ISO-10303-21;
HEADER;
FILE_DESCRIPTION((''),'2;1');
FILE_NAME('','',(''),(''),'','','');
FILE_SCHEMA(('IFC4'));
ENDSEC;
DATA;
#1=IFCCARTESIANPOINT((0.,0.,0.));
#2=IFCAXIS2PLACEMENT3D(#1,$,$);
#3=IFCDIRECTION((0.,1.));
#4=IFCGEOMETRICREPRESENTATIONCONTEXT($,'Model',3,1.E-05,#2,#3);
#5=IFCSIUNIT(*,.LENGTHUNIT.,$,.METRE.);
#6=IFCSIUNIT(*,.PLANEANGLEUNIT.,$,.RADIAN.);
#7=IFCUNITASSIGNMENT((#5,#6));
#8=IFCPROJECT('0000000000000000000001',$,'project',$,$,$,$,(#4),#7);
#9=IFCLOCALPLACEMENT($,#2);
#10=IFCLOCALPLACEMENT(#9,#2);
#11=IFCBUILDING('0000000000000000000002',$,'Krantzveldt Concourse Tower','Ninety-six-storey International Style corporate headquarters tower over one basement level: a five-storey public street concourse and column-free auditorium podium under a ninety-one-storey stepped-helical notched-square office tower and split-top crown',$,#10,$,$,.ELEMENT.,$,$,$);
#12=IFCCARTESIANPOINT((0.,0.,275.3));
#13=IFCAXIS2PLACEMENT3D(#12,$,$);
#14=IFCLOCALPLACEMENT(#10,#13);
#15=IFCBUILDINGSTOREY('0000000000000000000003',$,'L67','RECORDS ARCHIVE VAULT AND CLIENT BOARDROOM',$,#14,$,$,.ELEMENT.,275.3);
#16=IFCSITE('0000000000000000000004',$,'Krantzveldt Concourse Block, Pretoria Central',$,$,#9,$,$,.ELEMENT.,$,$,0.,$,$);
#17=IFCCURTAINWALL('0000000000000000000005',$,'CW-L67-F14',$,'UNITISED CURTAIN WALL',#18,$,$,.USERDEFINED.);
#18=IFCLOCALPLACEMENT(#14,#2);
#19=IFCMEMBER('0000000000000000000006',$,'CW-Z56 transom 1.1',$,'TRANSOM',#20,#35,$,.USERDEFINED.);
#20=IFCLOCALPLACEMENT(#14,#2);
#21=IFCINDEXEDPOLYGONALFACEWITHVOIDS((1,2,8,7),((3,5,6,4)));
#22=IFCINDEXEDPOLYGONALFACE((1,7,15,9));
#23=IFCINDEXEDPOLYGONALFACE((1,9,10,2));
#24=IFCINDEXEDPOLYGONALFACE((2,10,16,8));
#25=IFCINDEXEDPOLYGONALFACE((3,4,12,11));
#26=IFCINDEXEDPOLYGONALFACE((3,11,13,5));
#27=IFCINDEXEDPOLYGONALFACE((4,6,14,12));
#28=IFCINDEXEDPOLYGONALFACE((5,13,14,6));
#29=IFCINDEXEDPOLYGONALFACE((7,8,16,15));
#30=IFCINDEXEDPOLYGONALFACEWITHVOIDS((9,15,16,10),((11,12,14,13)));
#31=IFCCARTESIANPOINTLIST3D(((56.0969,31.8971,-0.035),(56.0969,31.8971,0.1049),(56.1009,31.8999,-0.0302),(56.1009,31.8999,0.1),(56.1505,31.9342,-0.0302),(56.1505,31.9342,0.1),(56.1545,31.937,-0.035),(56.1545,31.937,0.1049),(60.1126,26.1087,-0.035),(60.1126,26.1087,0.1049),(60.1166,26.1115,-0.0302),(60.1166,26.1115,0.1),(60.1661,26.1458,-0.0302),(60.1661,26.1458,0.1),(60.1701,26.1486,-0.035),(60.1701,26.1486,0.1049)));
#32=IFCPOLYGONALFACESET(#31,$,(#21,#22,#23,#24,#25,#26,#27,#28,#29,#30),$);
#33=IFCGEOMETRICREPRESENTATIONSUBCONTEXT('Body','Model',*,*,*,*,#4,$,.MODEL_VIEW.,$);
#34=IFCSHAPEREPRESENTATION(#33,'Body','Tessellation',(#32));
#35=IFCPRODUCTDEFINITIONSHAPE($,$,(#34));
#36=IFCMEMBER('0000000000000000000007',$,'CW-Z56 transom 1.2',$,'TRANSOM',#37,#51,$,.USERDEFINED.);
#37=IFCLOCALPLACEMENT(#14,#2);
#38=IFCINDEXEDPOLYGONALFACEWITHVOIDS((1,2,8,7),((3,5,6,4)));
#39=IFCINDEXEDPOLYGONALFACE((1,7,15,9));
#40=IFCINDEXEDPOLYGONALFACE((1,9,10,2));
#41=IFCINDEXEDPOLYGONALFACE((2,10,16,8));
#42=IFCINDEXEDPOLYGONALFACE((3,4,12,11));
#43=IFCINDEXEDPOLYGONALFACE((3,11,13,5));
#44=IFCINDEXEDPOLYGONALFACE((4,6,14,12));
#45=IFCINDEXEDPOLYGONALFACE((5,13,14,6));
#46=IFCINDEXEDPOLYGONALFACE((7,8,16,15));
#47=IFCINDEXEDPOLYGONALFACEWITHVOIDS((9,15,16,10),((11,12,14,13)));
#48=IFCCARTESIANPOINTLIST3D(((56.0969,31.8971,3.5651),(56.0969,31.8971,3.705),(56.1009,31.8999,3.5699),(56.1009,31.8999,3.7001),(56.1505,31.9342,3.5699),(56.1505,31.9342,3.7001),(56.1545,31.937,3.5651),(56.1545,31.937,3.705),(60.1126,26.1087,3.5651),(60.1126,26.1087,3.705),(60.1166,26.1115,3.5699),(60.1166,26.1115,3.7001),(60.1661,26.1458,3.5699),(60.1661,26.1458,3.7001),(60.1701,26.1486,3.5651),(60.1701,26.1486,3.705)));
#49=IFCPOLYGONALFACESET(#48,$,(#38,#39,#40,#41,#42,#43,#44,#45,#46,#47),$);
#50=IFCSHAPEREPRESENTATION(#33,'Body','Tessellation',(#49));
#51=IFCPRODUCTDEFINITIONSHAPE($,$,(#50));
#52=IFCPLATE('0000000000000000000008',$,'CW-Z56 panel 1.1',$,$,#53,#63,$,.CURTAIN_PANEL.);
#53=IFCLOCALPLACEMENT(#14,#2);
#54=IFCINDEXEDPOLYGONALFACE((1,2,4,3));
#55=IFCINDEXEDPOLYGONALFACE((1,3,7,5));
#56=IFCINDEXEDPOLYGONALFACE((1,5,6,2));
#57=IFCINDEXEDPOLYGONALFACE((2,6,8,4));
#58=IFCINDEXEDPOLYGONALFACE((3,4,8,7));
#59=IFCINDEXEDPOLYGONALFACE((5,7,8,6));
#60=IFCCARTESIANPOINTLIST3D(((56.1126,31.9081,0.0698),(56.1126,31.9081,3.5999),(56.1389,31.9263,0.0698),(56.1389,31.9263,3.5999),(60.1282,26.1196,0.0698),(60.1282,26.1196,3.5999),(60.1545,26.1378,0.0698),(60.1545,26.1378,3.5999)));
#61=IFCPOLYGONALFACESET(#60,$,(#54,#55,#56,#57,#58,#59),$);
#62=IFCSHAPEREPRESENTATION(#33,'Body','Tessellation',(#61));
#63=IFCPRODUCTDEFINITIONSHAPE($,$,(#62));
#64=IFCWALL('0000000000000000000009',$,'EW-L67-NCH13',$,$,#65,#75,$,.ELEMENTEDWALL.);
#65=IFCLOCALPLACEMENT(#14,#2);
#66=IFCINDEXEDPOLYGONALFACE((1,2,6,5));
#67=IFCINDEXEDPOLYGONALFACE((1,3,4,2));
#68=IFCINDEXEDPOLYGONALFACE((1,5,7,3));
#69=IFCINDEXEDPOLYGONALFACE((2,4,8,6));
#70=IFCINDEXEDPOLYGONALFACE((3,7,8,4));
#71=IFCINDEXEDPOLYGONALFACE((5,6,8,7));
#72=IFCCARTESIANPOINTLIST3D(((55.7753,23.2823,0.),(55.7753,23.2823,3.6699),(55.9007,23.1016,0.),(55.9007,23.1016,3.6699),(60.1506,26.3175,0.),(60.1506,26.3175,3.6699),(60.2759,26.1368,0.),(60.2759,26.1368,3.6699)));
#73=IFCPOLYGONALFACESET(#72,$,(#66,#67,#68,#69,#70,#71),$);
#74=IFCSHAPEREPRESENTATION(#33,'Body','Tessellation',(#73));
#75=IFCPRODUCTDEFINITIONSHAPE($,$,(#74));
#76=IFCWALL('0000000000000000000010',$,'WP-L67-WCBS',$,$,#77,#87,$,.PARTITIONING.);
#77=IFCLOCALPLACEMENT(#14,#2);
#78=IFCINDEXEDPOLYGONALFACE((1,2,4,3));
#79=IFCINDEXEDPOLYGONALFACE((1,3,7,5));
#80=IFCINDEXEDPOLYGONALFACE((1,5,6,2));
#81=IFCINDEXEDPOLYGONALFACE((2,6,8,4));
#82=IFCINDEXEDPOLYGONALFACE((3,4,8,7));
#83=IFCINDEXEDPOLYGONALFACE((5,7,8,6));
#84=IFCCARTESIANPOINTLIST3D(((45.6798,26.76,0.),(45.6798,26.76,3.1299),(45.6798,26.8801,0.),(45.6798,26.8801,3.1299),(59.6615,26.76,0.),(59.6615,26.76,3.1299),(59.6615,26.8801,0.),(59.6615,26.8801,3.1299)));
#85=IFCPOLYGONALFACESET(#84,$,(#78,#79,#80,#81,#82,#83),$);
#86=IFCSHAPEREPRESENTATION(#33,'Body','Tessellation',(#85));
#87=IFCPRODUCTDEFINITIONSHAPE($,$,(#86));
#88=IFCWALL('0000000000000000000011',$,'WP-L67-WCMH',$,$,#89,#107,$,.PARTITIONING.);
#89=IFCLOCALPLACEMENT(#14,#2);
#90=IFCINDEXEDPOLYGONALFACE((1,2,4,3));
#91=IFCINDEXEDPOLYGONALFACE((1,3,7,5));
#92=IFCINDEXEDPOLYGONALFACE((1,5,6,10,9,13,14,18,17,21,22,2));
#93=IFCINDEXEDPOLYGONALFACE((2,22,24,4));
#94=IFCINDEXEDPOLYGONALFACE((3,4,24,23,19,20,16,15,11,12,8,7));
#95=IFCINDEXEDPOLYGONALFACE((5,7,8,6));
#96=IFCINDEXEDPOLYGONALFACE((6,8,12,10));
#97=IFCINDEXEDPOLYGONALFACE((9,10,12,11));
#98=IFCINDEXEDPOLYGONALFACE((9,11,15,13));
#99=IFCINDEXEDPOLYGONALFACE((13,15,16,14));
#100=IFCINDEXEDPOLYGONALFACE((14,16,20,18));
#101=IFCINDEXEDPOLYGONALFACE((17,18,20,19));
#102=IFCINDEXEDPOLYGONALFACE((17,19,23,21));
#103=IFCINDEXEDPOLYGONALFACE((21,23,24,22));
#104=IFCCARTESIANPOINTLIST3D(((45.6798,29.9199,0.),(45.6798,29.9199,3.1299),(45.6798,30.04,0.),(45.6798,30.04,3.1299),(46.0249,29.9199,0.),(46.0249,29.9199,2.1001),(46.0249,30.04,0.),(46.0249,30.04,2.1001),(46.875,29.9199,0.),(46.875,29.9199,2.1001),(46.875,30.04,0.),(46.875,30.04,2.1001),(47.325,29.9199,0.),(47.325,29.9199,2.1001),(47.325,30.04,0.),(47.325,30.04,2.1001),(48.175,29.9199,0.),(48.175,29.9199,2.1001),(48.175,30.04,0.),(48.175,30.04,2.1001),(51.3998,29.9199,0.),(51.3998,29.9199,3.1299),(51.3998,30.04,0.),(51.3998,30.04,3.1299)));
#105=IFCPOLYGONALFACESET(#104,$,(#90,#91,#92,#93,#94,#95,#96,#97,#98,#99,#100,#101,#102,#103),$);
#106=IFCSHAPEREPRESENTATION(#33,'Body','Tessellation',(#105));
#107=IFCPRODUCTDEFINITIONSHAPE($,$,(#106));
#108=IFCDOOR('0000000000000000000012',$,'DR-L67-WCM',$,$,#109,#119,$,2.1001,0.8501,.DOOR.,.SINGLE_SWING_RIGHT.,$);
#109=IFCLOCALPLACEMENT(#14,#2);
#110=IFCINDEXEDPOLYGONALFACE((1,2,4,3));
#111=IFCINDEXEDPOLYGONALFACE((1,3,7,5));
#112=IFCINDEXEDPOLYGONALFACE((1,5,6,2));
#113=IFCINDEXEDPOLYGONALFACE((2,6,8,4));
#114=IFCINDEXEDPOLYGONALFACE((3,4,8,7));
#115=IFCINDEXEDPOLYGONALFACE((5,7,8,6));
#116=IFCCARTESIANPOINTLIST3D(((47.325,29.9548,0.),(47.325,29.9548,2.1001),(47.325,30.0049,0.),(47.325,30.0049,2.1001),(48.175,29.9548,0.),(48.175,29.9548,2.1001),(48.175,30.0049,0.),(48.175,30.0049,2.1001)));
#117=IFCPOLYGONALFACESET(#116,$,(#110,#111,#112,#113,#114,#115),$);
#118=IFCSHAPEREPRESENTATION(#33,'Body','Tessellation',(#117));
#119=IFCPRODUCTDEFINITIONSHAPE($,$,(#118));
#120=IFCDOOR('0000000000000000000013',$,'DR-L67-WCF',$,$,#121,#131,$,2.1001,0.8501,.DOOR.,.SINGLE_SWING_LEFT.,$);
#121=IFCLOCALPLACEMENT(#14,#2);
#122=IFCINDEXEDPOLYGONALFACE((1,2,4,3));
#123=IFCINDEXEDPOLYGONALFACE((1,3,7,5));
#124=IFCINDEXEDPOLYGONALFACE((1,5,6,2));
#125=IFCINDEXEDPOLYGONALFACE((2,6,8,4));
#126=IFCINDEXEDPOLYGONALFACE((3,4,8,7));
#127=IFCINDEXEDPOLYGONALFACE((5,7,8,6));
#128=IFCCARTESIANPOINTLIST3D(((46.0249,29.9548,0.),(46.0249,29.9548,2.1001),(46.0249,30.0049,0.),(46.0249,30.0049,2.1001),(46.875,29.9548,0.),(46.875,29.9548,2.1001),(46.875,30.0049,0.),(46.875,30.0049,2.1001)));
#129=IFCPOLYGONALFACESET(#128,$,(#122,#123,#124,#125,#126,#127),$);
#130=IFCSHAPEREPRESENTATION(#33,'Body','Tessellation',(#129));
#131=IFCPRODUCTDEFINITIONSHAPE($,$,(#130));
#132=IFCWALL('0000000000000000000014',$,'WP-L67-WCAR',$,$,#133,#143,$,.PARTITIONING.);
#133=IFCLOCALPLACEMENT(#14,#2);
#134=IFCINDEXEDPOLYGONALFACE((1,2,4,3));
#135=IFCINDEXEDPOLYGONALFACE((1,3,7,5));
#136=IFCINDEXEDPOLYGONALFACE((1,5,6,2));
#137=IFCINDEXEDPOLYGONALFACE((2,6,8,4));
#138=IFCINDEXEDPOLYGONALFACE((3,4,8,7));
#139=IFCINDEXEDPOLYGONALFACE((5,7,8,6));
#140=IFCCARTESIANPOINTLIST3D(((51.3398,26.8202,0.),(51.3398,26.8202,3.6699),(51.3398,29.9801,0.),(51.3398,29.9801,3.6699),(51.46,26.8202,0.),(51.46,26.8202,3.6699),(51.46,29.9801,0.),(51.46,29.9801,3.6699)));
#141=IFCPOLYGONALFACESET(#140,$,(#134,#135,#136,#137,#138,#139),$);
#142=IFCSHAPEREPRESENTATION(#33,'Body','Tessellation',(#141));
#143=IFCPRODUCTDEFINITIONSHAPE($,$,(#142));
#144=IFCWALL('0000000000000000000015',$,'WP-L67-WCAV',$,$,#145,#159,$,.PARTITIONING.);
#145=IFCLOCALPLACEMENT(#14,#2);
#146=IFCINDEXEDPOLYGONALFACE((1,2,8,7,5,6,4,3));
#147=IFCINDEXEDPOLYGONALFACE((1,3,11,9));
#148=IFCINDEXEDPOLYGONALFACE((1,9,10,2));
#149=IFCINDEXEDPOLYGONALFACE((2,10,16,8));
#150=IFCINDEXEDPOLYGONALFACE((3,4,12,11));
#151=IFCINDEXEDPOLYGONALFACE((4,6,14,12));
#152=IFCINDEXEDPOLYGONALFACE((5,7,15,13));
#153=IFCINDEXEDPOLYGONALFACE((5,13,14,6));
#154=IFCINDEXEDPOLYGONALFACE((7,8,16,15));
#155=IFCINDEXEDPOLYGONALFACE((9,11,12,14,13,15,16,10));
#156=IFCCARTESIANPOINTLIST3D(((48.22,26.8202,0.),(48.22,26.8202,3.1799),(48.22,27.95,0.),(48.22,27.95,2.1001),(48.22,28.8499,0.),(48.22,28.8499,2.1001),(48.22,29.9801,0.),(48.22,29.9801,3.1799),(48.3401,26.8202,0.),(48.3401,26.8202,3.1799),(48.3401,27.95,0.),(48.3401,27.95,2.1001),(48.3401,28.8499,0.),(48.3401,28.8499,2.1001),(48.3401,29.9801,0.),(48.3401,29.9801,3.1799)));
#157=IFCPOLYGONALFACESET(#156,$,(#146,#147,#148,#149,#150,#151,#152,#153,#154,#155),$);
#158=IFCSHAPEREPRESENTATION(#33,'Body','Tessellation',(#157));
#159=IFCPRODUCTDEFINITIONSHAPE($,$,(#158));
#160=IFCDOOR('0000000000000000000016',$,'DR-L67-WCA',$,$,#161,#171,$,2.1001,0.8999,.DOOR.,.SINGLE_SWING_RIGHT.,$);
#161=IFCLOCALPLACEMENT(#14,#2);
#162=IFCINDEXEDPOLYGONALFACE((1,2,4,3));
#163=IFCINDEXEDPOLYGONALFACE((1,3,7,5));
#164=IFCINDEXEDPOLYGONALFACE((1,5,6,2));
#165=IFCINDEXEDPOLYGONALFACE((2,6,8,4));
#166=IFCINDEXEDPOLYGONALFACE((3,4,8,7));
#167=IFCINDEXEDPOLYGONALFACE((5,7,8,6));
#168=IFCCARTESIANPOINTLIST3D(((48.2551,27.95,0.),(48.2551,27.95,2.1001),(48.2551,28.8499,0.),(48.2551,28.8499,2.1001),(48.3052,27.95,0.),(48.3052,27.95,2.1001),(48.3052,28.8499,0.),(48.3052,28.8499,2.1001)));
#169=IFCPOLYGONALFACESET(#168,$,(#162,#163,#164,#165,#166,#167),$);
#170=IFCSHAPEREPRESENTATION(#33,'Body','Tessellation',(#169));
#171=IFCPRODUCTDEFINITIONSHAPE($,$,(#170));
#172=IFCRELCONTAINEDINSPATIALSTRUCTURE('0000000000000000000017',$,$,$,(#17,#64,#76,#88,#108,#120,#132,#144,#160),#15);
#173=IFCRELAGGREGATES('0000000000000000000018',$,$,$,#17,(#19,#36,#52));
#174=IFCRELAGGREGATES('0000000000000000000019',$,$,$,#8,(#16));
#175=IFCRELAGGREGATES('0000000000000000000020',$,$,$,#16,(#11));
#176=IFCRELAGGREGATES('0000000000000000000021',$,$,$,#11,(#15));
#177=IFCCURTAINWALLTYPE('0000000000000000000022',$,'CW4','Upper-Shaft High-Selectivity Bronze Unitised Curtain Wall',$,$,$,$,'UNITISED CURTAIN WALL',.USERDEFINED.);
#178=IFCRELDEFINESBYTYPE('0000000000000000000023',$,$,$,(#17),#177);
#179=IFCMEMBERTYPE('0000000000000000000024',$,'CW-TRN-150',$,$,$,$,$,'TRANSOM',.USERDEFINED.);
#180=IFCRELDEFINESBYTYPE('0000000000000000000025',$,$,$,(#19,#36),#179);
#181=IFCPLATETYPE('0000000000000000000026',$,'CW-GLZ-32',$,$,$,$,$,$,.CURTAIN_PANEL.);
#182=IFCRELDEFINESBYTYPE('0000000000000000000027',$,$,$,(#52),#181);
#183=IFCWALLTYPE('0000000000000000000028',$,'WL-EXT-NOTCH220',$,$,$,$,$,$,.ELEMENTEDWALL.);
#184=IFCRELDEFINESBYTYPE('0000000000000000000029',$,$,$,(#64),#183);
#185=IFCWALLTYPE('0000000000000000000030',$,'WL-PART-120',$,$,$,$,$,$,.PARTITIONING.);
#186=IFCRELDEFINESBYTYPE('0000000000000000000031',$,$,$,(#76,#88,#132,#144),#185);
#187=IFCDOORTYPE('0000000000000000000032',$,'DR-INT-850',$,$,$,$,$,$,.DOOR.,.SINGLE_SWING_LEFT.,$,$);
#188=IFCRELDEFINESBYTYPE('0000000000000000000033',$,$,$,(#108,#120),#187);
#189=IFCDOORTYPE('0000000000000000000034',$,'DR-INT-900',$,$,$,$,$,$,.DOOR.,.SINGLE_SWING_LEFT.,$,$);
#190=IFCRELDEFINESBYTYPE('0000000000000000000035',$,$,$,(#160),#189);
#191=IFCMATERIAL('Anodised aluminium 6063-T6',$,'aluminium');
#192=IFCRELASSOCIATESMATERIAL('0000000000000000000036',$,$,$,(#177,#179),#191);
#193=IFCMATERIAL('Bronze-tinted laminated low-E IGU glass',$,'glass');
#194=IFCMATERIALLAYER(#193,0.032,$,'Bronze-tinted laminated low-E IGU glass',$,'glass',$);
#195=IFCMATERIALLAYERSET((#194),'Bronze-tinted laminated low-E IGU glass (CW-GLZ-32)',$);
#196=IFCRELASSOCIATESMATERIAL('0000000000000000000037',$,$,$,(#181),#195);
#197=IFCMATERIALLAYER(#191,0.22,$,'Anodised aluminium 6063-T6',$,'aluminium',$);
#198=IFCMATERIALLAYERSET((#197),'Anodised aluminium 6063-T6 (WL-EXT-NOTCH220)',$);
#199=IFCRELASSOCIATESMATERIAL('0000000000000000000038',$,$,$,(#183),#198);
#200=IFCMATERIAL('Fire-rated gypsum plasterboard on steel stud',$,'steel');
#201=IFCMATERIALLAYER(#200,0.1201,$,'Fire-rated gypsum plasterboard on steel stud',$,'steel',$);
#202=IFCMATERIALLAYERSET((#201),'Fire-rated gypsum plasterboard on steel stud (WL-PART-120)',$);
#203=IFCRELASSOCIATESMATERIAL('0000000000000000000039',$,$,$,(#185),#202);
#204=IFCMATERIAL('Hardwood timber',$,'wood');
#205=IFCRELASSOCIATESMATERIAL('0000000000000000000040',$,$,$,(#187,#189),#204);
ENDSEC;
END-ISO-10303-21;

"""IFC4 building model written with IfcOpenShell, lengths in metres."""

from ifc_helpers import new_model, si_unit, direction, frame, frame_2d, origin, origin_2d, place, context, subcontext, project, spatial, rectangle, hollow_rectangle, extrude, source, transform, mapped, material, layer, layer_set, material_profile, profile_set, type_object, type_shapes, element, fill, aggregate, save


model = new_model("IFC4")

# Units and contexts
model_context = context("Model", 3, precision=1e-05, world=origin(), true_north=direction((0.0, 1.0)))
body_context = subcontext(model_context, "Body", "Model", "MODEL_VIEW")
ifc_project = project(units=[si_unit("LENGTHUNIT", "METRE"), si_unit("PLANEANGLEUNIT", "RADIAN")], contexts=[model_context])

# Site, building, storey
site_placement = place(None, origin())
site = spatial("IfcSite", under=ifc_project, at=site_placement, Name="Krantzveldt Concourse Block, Pretoria Central", CompositionType="ELEMENT", RefElevation=0.0)
building_placement = place(site_placement, origin())
building = spatial("IfcBuilding", under=site, at=building_placement, Name="Krantzveldt Concourse Tower", Description="Ninety-six-storey International Style corporate headquarters tower over one basement level: a five-storey public street concourse and column-free auditorium podium under a ninety-one-storey stepped-helical notched-square office tower and split-top crown", CompositionType="ELEMENT")
storey_placement = place(building_placement, frame((0.0, 0.0, 275.3)))
storey = spatial("IfcBuildingStorey", under=building, at=storey_placement, Name="L67", Description="RECORDS ARCHIVE VAULT AND CLIENT BOARDROOM", CompositionType="ELEMENT", Elevation=275.3)

# Curtain wall, members, plate
ifc_material_1 = material(Name="Anodised aluminium 6063-T6", Category="aluminium")
curtain_wall_type = type_object("IfcCurtainWallType", Name="CW4", Description="Upper-Shaft High-Selectivity Bronze Unitised Curtain Wall", ElementType="UNITISED CURTAIN WALL", PredefinedType="USERDEFINED", material=ifc_material_1)
curtain_wall_placement = place(storey_placement, origin())
curtain_wall = element("IfcCurtainWall", 1, at=curtain_wall_placement, inside=storey, type_object=curtain_wall_type, Name="CW-L67-F14", ObjectType="UNITISED CURTAIN WALL", PredefinedType="USERDEFINED")
ifc_material_profile_1 = material_profile(ifc_material_1, hollow_rectangle(XDim=0.0701, YDim=0.1399, WallThickness=0.0049, at=origin_2d()), Name="Anodised aluminium 6063-T6", Category="aluminium")
ifc_profile_set_1 = profile_set([ifc_material_profile_1], Name="Anodised aluminium 6063-T6 - ALU-TRAN 140x70x5")
member_type_1 = type_object("IfcMemberType", Name="CW-TRN-150", ElementType="TRANSOM", PredefinedType="USERDEFINED", material=ifc_profile_set_1)
shared_shape_1 = source(origin(), body_context, "Body", "SweptSolid", [
    extrude(hollow_rectangle(XDim=0.0701, YDim=0.1399, WallThickness=0.0049, at=origin_2d()), origin(), (0.0, 0.0, 1.0), 7.0449),
])
type_shapes(member_type_1, [shared_shape_1])
member_1_placement = place(storey_placement, frame((60.1414, 26.1287, 0.0349), z_axis=(-0.570008, 0.821639, 0.0), x_axis=(-0.821639, -0.570008, 0.0)))
member_1 = element("IfcMember", 2, at=member_1_placement, type_object=member_type_1, Name="CW-Z56 transom 1.1", ObjectType="TRANSOM", PredefinedType="USERDEFINED", context=body_context, shape_type="MappedRepresentation", body=[
    mapped(shared_shape_1, transform((0.0, 0.0, 0.0), x_axis=(1.0, 0.0, 0.0), y_axis=(0.0, 1.0, 0.0), z_axis=(0.0, 0.0, 1.0), scale=1.0)),
])
member_2_placement = place(storey_placement, frame((60.1414, 26.1287, 3.635), z_axis=(-0.570008, 0.821639, 0.0), x_axis=(-0.821639, -0.570008, 0.0)))
member_2 = element("IfcMember", 3, at=member_2_placement, type_object=member_type_1, Name="CW-Z56 transom 1.2", ObjectType="TRANSOM", PredefinedType="USERDEFINED", context=body_context, shape_type="MappedRepresentation", body=[
    mapped(shared_shape_1, transform((0.0, 0.0, 0.0), x_axis=(1.0, 0.0, 0.0), y_axis=(0.0, 1.0, 0.0), z_axis=(0.0, 0.0, 1.0), scale=1.0)),
])
ifc_material_2 = material(Name="Bronze-tinted laminated low-E IGU glass", Category="glass")
ifc_layer_1 = layer(ifc_material_2, 0.032, Name="Bronze-tinted laminated low-E IGU glass", Category="glass")
ifc_layer_set_1 = layer_set([ifc_layer_1], Name="Bronze-tinted laminated low-E IGU glass (CW-GLZ-32)")
plate_type = type_object("IfcPlateType", Name="CW-GLZ-32", PredefinedType="CURTAIN_PANEL", material=ifc_layer_set_1)
shared_shape_2 = source(origin(), body_context, "Body", "SweptSolid", [
    extrude(rectangle(XDim=7.0449, YDim=0.032, at=origin_2d()), origin(), (0.0, 0.0, 1.0), 3.53),
])
type_shapes(plate_type, [shared_shape_2])
plate_placement = place(storey_placement, frame((58.1335, 29.0229, 0.0698), z_axis=(0.0, 0.0, 1.0), x_axis=(-0.569997, 0.821647, 0.0)))
plate = element("IfcPlate", 4, at=plate_placement, type_object=plate_type, Name="CW-Z56 panel 1.1", PredefinedType="CURTAIN_PANEL", context=body_context, shape_type="MappedRepresentation", body=[
    mapped(shared_shape_2, transform((0.0, 0.0, 0.0), x_axis=(1.0, 0.0, 0.0), y_axis=(0.0, 1.0, 0.0), z_axis=(0.0, 0.0, 1.0), scale=1.0)),
])
aggregate(curtain_wall, [member_1, member_2, plate])

# Walls
ifc_layer_2 = layer(ifc_material_1, 0.22, Name="Anodised aluminium 6063-T6", Category="aluminium")
ifc_layer_set_2 = layer_set([ifc_layer_2], Name="Anodised aluminium 6063-T6 (WL-EXT-NOTCH220)")
wall_type_1 = type_object("IfcWallType", Name="WL-EXT-NOTCH220", PredefinedType="ELEMENTEDWALL", material=ifc_layer_set_2)
wall_1_placement = place(storey_placement, frame((55.8379, 23.1919, 0.0), z_axis=(0.0, 0.0, 1.0), x_axis=(0.821652, 0.569989, 0.0)))
element("IfcWall", 5, at=wall_1_placement, inside=storey, type_object=wall_type_1, Name="EW-L67-NCH13", PredefinedType="ELEMENTEDWALL", context=body_context, shape_type="SweptSolid", body=[
    extrude(rectangle(XDim=5.325, YDim=0.22, at=frame_2d((2.6626, 0.0))), origin(), (0.0, 0.0, 1.0), 3.6699),
])
ifc_material_3 = material(Name="Fire-rated gypsum plasterboard on steel stud", Category="steel")
ifc_layer_3 = layer(ifc_material_3, 0.1201, Name="Fire-rated gypsum plasterboard on steel stud", Category="steel")
ifc_layer_set_3 = layer_set([ifc_layer_3], Name="Fire-rated gypsum plasterboard on steel stud (WL-PART-120)")
wall_type_2 = type_object("IfcWallType", Name="WL-PART-120", PredefinedType="PARTITIONING", material=ifc_layer_set_3)
wall_2_placement = place(storey_placement, frame((45.6799, 26.8201, 0.0), z_axis=(0.0, 0.0, 1.0), x_axis=(1.0, 0.0, 0.0)))
element("IfcWall", 6, at=wall_2_placement, inside=storey, type_object=wall_type_2, Name="WP-L67-WCBS", PredefinedType="PARTITIONING", context=body_context, shape_type="SweptSolid", body=[
    extrude(rectangle(XDim=13.9817, YDim=0.1201, at=frame_2d((6.9907, 0.0))), origin(), (0.0, 0.0, 1.0), 3.1299),
])

# Wall, openings, doors
wall_3_placement = place(storey_placement, frame((45.6799, 29.98, 0.0), z_axis=(0.0, 0.0, 1.0), x_axis=(1.0, 0.0, 0.0)))
wall_3 = element("IfcWall", 7, at=wall_3_placement, inside=storey, type_object=wall_type_2, Name="WP-L67-WCMH", PredefinedType="PARTITIONING", context=body_context, shape_type="SweptSolid", body=[
    extrude(rectangle(XDim=5.72, YDim=0.1201, at=frame_2d((2.8599, 0.0))), origin(), (0.0, 0.0, 1.0), 3.1299),
])
opening_1_placement = place(wall_3_placement, frame((1.645, 0.0, 0.0)))
opening_1 = element("IfcOpeningElement", 8, at=opening_1_placement, cuts=wall_3, PredefinedType="OPENING", context=body_context, shape_type="SweptSolid", body=[
    extrude(rectangle(XDim=0.8501, YDim=2.1001, at=frame_2d((0.425, 1.05))), frame((0.0, 0.0701, 0.0), z_axis=(0.0, -1.0, 0.0), x_axis=(1.0, 0.0, 0.0)), (0.0, 0.0, 1.0), 0.1401),
])
opening_2_placement = place(wall_3_placement, frame((0.345, 0.0, 0.0)))
opening_2 = element("IfcOpeningElement", 9, at=opening_2_placement, cuts=wall_3, PredefinedType="OPENING", context=body_context, shape_type="SweptSolid", body=[
    extrude(rectangle(XDim=0.8501, YDim=2.1001, at=frame_2d((0.425, 1.05))), frame((0.0, 0.0701, 0.0), z_axis=(0.0, -1.0, 0.0), x_axis=(1.0, 0.0, 0.0)), (0.0, 0.0, 1.0), 0.1401),
])
ifc_material_4 = material(Name="Hardwood timber", Category="wood")
door_type_1 = type_object("IfcDoorType", Name="DR-INT-850", OperationType="SINGLE_SWING_LEFT", PredefinedType="DOOR", material=ifc_material_4)
door_1_placement = place(opening_1_placement, origin())
door_1 = element("IfcDoor", 10, at=door_1_placement, inside=storey, type_object=door_type_1, Name="DR-L67-WCM", OperationType="SINGLE_SWING_RIGHT", OverallHeight=2.1001, OverallWidth=0.8501, PredefinedType="DOOR", context=body_context, shape_type="SweptSolid", body=[
    extrude(rectangle(XDim=0.8501, YDim=2.1001, at=frame_2d((0.425, 1.05))), frame((0.0, 0.0249, 0.0), z_axis=(0.0, -1.0, 0.0), x_axis=(1.0, 0.0, 0.0)), (0.0, 0.0, 1.0), 0.05),
])
fill(opening_1, door_1)
door_2_placement = place(opening_2_placement, origin())
door_2 = element("IfcDoor", 11, at=door_2_placement, inside=storey, type_object=door_type_1, Name="DR-L67-WCF", OperationType="SINGLE_SWING_LEFT", OverallHeight=2.1001, OverallWidth=0.8501, PredefinedType="DOOR", context=body_context, shape_type="SweptSolid", body=[
    extrude(rectangle(XDim=0.8501, YDim=2.1001, at=frame_2d((0.425, 1.05))), frame((0.0, 0.0249, 0.0), z_axis=(0.0, -1.0, 0.0), x_axis=(1.0, 0.0, 0.0)), (0.0, 0.0, 1.0), 0.05),
])
fill(opening_2, door_2)

# Wall
wall_4_placement = place(storey_placement, frame((51.3999, 26.8201, 0.0), z_axis=(0.0, 0.0, 1.0), x_axis=(0.0, 1.0, 0.0)))
element("IfcWall", 12, at=wall_4_placement, inside=storey, type_object=wall_type_2, Name="WP-L67-WCAR", PredefinedType="PARTITIONING", context=body_context, shape_type="SweptSolid", body=[
    extrude(rectangle(XDim=3.1599, YDim=0.1201, at=frame_2d((1.5801, 0.0))), origin(), (0.0, 0.0, 1.0), 3.6699),
])

# Wall, opening, door
wall_5_placement = place(storey_placement, frame((48.28, 26.8201, 0.0), z_axis=(0.0, 0.0, 1.0), x_axis=(0.0, 1.0, 0.0)))
wall_5 = element("IfcWall", 13, at=wall_5_placement, inside=storey, type_object=wall_type_2, Name="WP-L67-WCAV", PredefinedType="PARTITIONING", context=body_context, shape_type="SweptSolid", body=[
    extrude(rectangle(XDim=3.1599, YDim=0.1201, at=frame_2d((1.5801, 0.0))), origin(), (0.0, 0.0, 1.0), 3.1799),
])
opening_3_placement = place(wall_5_placement, frame((1.1299, 0.0, 0.0)))
opening_3 = element("IfcOpeningElement", 14, at=opening_3_placement, cuts=wall_5, PredefinedType="OPENING", context=body_context, shape_type="SweptSolid", body=[
    extrude(rectangle(XDim=0.8999, YDim=2.1001, at=frame_2d((0.45, 1.05))), frame((0.0, 0.0701, 0.0), z_axis=(0.0, -1.0, 0.0), x_axis=(1.0, 0.0, 0.0)), (0.0, 0.0, 1.0), 0.1401),
])
door_type_2 = type_object("IfcDoorType", Name="DR-INT-900", OperationType="SINGLE_SWING_LEFT", PredefinedType="DOOR", material=ifc_material_4)
door_3_placement = place(opening_3_placement, origin())
door_3 = element("IfcDoor", 15, at=door_3_placement, inside=storey, type_object=door_type_2, Name="DR-L67-WCA", OperationType="SINGLE_SWING_RIGHT", OverallHeight=2.1001, OverallWidth=0.8999, PredefinedType="DOOR", context=body_context, shape_type="SweptSolid", body=[
    extrude(rectangle(XDim=0.8999, YDim=2.1001, at=frame_2d((0.45, 1.05))), frame((0.0, 0.0249, 0.0), z_axis=(0.0, -1.0, 0.0), x_axis=(1.0, 0.0, 0.0)), (0.0, 0.0, 1.0), 0.05),
])
fill(opening_3, door_3)

save(model, "model.ifc")
